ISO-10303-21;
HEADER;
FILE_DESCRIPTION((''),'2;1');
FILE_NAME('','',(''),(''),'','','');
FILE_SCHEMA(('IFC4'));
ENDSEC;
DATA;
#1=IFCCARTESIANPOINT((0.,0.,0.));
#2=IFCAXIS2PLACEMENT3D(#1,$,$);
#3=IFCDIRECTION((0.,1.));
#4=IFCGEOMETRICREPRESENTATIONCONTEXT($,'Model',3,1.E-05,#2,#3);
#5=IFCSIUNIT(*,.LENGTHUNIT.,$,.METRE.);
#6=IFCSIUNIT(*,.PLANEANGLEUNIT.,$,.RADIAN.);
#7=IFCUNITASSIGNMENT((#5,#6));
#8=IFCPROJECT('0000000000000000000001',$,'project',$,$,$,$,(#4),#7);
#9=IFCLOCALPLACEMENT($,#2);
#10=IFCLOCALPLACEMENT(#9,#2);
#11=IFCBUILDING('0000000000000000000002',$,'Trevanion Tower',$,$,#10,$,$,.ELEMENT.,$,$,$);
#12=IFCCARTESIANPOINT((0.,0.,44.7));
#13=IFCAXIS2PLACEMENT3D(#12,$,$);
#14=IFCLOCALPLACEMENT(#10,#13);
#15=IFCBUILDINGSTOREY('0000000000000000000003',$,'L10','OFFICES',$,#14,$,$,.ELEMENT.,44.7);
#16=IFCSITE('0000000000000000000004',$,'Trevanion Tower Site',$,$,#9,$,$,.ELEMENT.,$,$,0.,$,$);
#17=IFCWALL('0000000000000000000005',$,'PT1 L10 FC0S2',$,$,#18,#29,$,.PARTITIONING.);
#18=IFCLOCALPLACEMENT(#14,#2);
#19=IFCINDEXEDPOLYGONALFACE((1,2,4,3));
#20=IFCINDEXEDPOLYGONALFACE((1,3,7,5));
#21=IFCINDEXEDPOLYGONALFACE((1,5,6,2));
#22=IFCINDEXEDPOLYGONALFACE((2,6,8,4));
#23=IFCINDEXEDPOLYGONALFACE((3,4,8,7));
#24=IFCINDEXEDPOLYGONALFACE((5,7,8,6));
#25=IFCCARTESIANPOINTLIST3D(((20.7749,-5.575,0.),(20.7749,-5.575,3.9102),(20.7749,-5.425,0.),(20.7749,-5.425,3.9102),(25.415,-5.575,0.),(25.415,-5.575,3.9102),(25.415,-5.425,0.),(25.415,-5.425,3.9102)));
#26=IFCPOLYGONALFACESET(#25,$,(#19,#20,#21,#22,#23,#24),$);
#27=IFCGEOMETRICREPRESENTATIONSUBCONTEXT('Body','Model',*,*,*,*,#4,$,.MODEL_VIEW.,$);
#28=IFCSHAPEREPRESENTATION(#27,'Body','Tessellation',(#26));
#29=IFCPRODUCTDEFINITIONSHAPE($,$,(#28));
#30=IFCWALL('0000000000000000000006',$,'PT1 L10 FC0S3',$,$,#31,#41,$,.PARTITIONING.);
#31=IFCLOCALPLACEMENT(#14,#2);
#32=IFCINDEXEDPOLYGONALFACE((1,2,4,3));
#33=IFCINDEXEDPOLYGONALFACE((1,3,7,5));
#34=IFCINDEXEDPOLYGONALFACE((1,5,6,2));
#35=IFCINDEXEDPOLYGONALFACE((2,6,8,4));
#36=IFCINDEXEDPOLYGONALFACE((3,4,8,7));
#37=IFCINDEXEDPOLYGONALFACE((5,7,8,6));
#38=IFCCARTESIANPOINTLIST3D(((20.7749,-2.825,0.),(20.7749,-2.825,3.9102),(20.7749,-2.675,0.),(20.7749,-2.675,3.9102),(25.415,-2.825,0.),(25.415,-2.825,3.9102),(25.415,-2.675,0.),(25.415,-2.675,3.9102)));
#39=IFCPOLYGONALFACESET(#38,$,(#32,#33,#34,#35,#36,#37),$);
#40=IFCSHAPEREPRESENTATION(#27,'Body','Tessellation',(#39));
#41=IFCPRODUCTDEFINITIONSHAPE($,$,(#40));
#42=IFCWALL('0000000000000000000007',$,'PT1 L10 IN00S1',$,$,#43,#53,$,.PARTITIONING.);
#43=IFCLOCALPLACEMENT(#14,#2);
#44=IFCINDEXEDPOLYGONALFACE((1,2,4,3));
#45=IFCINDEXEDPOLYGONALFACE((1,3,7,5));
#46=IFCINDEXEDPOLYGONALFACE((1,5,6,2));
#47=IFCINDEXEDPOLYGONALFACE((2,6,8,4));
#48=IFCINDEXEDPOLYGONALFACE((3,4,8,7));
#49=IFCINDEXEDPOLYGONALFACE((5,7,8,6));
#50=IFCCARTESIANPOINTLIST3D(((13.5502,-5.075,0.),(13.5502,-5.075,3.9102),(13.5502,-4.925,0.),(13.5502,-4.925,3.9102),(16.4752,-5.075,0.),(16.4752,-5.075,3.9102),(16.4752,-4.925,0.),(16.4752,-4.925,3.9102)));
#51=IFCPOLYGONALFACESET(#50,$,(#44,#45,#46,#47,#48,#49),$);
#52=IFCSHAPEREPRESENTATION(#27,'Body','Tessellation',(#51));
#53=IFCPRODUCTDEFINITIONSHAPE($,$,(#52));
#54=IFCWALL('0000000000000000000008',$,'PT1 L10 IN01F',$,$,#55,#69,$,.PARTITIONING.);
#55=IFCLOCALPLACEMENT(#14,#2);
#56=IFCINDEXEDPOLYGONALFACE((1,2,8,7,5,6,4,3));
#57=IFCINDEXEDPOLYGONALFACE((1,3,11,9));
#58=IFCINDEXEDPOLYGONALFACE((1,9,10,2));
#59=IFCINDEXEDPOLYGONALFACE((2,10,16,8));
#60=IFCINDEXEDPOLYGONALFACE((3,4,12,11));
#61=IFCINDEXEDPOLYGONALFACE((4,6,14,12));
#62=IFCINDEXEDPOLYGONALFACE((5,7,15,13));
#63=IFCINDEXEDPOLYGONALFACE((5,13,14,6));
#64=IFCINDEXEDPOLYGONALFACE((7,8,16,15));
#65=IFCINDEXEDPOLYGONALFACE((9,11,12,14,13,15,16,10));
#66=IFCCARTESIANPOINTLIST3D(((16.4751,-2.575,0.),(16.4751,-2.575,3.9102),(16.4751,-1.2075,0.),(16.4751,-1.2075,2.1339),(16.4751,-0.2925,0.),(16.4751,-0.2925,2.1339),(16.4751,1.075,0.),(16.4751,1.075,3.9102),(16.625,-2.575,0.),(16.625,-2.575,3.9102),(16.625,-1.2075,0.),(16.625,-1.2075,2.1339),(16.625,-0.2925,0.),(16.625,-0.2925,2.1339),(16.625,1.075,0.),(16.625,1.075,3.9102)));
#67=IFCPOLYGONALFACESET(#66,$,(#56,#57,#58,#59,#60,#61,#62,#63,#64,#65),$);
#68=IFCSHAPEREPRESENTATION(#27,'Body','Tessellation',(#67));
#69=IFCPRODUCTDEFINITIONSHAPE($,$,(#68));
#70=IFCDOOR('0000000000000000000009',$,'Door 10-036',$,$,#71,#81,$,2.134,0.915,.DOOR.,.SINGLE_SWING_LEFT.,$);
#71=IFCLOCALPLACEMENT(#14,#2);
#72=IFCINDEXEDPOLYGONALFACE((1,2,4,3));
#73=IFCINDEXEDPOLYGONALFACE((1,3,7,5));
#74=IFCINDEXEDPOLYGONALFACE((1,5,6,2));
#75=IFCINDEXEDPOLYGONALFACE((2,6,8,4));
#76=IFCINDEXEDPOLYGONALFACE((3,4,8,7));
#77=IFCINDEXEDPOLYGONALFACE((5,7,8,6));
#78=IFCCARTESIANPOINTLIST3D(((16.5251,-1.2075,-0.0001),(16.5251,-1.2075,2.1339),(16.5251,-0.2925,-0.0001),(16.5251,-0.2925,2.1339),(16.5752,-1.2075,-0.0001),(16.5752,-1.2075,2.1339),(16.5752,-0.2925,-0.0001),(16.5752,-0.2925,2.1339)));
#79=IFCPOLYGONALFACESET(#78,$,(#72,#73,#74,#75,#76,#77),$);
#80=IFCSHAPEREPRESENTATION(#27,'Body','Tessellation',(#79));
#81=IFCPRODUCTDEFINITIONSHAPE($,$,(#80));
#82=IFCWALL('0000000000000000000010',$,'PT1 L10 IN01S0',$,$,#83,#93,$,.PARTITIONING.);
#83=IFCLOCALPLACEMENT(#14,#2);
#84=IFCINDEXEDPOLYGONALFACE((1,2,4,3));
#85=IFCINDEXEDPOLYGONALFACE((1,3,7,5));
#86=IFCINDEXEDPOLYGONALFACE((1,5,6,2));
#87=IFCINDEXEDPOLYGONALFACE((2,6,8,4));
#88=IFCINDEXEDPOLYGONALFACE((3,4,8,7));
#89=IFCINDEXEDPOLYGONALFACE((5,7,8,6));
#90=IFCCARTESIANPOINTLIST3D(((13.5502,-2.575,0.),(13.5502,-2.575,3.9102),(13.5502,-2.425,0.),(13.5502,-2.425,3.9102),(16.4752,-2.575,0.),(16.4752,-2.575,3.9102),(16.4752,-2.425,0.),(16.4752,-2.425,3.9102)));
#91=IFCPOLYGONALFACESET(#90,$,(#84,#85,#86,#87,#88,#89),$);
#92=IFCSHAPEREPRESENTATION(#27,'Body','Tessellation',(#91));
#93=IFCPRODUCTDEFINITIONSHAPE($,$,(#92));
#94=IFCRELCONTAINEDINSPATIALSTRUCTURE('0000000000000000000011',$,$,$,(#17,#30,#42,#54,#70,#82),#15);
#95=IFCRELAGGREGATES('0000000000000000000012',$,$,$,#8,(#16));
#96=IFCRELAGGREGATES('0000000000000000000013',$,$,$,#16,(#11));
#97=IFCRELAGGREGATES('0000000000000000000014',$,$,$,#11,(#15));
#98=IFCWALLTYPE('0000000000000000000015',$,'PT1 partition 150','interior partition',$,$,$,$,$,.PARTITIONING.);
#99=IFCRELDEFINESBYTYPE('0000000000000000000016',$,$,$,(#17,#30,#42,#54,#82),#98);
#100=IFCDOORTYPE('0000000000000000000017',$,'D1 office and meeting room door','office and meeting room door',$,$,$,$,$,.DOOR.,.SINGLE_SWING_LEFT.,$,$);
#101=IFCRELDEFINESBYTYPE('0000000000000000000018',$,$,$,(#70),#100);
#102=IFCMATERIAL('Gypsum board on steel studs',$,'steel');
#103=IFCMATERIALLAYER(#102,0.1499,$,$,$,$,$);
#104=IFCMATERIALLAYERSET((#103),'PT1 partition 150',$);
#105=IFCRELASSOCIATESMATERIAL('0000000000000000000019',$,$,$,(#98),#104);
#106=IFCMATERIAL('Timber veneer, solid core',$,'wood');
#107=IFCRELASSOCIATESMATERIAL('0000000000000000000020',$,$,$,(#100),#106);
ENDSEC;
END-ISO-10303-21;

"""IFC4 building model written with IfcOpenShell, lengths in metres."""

from ifc_helpers import new_model, si_unit, direction, frame, frame_2d, origin, place, context, subcontext, project, spatial, rectangle, extrude, material, layer, layer_set, type_object, element, fill, save


model = new_model("IFC4")

# Units and contexts
model_context = context("Model", 3, precision=1e-05, world=origin(), true_north=direction((0.0, 1.0)))
body_context = subcontext(model_context, "Body", "Model", "MODEL_VIEW")
ifc_project = project(units=[si_unit("LENGTHUNIT", "METRE"), si_unit("PLANEANGLEUNIT", "RADIAN")], contexts=[model_context])

# Site, building, storey
site_placement = place(None, origin())
site = spatial("IfcSite", under=ifc_project, at=site_placement, Name="Trevanion Tower Site", CompositionType="ELEMENT", RefElevation=0.0)
building_placement = place(site_placement, origin())
building = spatial("IfcBuilding", under=site, at=building_placement, Name="Trevanion Tower", CompositionType="ELEMENT")
storey_placement = place(building_placement, frame((0.0, 0.0, 44.7)))
storey = spatial("IfcBuildingStorey", under=building, at=storey_placement, Name="L10", Description="OFFICES", CompositionType="ELEMENT", Elevation=44.7)

# Walls
ifc_material_1 = material(Name="Gypsum board on steel studs", Category="steel")
ifc_layer_1 = layer(ifc_material_1, 0.1499)
ifc_layer_set_1 = layer_set([ifc_layer_1], Name="PT1 partition 150")
wall_type = type_object("IfcWallType", Name="PT1 partition 150", Description="interior partition", PredefinedType="PARTITIONING", material=ifc_layer_set_1)
for number, where, z_axis, x_axis, name in (
    (1, (20.7749, -5.5, 0.0), (0.0, 0.0, 1.0), (1.0, 0.0, 0.0), "PT1 L10 FC0S2"),
    (2, (20.7749, -2.75, 0.0), (0.0, 0.0, 1.0), (1.0, 0.0, 0.0), "PT1 L10 FC0S3"),
):
    element("IfcWall", number, at=place(storey_placement, frame(where, z_axis=z_axis, x_axis=x_axis)), inside=storey, type_object=wall_type, Name=name, PredefinedType="PARTITIONING", context=body_context, shape_type="SweptSolid", body=[
        extrude(rectangle(XDim=4.6401, YDim=0.1499, at=frame_2d((2.3201, 0.0))), origin(), (0.0, 0.0, 1.0), 3.9102),
    ])
wall_1_placement = place(storey_placement, frame((16.4751, -5.0, 0.0), z_axis=(0.0, 0.0, 1.0), x_axis=(-1.0, 0.0, 0.0)))
element("IfcWall", 3, at=wall_1_placement, inside=storey, type_object=wall_type, Name="PT1 L10 IN00S1", PredefinedType="PARTITIONING", context=body_context, shape_type="SweptSolid", body=[
    extrude(rectangle(XDim=2.925, YDim=0.1499, at=frame_2d((1.4624, 0.0))), origin(), (0.0, 0.0, 1.0), 3.9102),
])

# Wall, opening, door
wall_2_placement = place(storey_placement, frame((16.55, -2.575, 0.0), z_axis=(0.0, 0.0, 1.0), x_axis=(0.0, 1.0, 0.0)))
wall_2 = element("IfcWall", 4, at=wall_2_placement, inside=storey, type_object=wall_type, Name="PT1 L10 IN01F", PredefinedType="PARTITIONING", context=body_context, shape_type="SweptSolid", body=[
    extrude(rectangle(XDim=3.6499, YDim=0.1499, at=frame_2d((1.825, 0.0))), origin(), (0.0, 0.0, 1.0), 3.9102),
])
opening_placement = place(wall_2_placement, frame((1.3674, 0.0, 0.0)))
opening = element("IfcOpeningElement", 5, at=opening_placement, cuts=wall_2, PredefinedType="OPENING", context=body_context, shape_type="SweptSolid", body=[
    extrude(rectangle(XDim=0.915, YDim=2.134, at=frame_2d((0.4575, 1.0669))), frame((0.0, 0.085, 0.0), z_axis=(0.0, -1.0, 0.0), x_axis=(1.0, 0.0, 0.0)), (0.0, 0.0, 1.0), 0.1699),
])
ifc_material_2 = material(Name="Timber veneer, solid core", Category="wood")
door_type = type_object("IfcDoorType", Name="D1 office and meeting room door", Description="office and meeting room door", OperationType="SINGLE_SWING_LEFT", PredefinedType="DOOR", material=ifc_material_2)
door_placement = place(opening_placement, origin())
door = element("IfcDoor", 6, at=door_placement, inside=storey, type_object=door_type, Name="Door 10-036", OperationType="SINGLE_SWING_LEFT", OverallHeight=2.134, OverallWidth=0.915, PredefinedType="DOOR", context=body_context, shape_type="SweptSolid", body=[
    extrude(rectangle(XDim=0.915, YDim=2.134, at=frame_2d((0.4575, 1.0669))), frame((0.0, 0.0249, 0.0), z_axis=(0.0, -1.0, 0.0), x_axis=(1.0, 0.0, 0.0)), (0.0, 0.0, 1.0), 0.05),
])
fill(opening, door)

# Wall
wall_3_placement = place(storey_placement, frame((16.4751, -2.5, 0.0), z_axis=(0.0, 0.0, 1.0), x_axis=(-1.0, 0.0, 0.0)))
element("IfcWall", 7, at=wall_3_placement, inside=storey, type_object=wall_type, Name="PT1 L10 IN01S0", PredefinedType="PARTITIONING", context=body_context, shape_type="SweptSolid", body=[
    extrude(rectangle(XDim=2.925, YDim=0.1499, at=frame_2d((1.4624, 0.0))), origin(), (0.0, 0.0, 1.0), 3.9102),
])

save(model, "model.ifc")
